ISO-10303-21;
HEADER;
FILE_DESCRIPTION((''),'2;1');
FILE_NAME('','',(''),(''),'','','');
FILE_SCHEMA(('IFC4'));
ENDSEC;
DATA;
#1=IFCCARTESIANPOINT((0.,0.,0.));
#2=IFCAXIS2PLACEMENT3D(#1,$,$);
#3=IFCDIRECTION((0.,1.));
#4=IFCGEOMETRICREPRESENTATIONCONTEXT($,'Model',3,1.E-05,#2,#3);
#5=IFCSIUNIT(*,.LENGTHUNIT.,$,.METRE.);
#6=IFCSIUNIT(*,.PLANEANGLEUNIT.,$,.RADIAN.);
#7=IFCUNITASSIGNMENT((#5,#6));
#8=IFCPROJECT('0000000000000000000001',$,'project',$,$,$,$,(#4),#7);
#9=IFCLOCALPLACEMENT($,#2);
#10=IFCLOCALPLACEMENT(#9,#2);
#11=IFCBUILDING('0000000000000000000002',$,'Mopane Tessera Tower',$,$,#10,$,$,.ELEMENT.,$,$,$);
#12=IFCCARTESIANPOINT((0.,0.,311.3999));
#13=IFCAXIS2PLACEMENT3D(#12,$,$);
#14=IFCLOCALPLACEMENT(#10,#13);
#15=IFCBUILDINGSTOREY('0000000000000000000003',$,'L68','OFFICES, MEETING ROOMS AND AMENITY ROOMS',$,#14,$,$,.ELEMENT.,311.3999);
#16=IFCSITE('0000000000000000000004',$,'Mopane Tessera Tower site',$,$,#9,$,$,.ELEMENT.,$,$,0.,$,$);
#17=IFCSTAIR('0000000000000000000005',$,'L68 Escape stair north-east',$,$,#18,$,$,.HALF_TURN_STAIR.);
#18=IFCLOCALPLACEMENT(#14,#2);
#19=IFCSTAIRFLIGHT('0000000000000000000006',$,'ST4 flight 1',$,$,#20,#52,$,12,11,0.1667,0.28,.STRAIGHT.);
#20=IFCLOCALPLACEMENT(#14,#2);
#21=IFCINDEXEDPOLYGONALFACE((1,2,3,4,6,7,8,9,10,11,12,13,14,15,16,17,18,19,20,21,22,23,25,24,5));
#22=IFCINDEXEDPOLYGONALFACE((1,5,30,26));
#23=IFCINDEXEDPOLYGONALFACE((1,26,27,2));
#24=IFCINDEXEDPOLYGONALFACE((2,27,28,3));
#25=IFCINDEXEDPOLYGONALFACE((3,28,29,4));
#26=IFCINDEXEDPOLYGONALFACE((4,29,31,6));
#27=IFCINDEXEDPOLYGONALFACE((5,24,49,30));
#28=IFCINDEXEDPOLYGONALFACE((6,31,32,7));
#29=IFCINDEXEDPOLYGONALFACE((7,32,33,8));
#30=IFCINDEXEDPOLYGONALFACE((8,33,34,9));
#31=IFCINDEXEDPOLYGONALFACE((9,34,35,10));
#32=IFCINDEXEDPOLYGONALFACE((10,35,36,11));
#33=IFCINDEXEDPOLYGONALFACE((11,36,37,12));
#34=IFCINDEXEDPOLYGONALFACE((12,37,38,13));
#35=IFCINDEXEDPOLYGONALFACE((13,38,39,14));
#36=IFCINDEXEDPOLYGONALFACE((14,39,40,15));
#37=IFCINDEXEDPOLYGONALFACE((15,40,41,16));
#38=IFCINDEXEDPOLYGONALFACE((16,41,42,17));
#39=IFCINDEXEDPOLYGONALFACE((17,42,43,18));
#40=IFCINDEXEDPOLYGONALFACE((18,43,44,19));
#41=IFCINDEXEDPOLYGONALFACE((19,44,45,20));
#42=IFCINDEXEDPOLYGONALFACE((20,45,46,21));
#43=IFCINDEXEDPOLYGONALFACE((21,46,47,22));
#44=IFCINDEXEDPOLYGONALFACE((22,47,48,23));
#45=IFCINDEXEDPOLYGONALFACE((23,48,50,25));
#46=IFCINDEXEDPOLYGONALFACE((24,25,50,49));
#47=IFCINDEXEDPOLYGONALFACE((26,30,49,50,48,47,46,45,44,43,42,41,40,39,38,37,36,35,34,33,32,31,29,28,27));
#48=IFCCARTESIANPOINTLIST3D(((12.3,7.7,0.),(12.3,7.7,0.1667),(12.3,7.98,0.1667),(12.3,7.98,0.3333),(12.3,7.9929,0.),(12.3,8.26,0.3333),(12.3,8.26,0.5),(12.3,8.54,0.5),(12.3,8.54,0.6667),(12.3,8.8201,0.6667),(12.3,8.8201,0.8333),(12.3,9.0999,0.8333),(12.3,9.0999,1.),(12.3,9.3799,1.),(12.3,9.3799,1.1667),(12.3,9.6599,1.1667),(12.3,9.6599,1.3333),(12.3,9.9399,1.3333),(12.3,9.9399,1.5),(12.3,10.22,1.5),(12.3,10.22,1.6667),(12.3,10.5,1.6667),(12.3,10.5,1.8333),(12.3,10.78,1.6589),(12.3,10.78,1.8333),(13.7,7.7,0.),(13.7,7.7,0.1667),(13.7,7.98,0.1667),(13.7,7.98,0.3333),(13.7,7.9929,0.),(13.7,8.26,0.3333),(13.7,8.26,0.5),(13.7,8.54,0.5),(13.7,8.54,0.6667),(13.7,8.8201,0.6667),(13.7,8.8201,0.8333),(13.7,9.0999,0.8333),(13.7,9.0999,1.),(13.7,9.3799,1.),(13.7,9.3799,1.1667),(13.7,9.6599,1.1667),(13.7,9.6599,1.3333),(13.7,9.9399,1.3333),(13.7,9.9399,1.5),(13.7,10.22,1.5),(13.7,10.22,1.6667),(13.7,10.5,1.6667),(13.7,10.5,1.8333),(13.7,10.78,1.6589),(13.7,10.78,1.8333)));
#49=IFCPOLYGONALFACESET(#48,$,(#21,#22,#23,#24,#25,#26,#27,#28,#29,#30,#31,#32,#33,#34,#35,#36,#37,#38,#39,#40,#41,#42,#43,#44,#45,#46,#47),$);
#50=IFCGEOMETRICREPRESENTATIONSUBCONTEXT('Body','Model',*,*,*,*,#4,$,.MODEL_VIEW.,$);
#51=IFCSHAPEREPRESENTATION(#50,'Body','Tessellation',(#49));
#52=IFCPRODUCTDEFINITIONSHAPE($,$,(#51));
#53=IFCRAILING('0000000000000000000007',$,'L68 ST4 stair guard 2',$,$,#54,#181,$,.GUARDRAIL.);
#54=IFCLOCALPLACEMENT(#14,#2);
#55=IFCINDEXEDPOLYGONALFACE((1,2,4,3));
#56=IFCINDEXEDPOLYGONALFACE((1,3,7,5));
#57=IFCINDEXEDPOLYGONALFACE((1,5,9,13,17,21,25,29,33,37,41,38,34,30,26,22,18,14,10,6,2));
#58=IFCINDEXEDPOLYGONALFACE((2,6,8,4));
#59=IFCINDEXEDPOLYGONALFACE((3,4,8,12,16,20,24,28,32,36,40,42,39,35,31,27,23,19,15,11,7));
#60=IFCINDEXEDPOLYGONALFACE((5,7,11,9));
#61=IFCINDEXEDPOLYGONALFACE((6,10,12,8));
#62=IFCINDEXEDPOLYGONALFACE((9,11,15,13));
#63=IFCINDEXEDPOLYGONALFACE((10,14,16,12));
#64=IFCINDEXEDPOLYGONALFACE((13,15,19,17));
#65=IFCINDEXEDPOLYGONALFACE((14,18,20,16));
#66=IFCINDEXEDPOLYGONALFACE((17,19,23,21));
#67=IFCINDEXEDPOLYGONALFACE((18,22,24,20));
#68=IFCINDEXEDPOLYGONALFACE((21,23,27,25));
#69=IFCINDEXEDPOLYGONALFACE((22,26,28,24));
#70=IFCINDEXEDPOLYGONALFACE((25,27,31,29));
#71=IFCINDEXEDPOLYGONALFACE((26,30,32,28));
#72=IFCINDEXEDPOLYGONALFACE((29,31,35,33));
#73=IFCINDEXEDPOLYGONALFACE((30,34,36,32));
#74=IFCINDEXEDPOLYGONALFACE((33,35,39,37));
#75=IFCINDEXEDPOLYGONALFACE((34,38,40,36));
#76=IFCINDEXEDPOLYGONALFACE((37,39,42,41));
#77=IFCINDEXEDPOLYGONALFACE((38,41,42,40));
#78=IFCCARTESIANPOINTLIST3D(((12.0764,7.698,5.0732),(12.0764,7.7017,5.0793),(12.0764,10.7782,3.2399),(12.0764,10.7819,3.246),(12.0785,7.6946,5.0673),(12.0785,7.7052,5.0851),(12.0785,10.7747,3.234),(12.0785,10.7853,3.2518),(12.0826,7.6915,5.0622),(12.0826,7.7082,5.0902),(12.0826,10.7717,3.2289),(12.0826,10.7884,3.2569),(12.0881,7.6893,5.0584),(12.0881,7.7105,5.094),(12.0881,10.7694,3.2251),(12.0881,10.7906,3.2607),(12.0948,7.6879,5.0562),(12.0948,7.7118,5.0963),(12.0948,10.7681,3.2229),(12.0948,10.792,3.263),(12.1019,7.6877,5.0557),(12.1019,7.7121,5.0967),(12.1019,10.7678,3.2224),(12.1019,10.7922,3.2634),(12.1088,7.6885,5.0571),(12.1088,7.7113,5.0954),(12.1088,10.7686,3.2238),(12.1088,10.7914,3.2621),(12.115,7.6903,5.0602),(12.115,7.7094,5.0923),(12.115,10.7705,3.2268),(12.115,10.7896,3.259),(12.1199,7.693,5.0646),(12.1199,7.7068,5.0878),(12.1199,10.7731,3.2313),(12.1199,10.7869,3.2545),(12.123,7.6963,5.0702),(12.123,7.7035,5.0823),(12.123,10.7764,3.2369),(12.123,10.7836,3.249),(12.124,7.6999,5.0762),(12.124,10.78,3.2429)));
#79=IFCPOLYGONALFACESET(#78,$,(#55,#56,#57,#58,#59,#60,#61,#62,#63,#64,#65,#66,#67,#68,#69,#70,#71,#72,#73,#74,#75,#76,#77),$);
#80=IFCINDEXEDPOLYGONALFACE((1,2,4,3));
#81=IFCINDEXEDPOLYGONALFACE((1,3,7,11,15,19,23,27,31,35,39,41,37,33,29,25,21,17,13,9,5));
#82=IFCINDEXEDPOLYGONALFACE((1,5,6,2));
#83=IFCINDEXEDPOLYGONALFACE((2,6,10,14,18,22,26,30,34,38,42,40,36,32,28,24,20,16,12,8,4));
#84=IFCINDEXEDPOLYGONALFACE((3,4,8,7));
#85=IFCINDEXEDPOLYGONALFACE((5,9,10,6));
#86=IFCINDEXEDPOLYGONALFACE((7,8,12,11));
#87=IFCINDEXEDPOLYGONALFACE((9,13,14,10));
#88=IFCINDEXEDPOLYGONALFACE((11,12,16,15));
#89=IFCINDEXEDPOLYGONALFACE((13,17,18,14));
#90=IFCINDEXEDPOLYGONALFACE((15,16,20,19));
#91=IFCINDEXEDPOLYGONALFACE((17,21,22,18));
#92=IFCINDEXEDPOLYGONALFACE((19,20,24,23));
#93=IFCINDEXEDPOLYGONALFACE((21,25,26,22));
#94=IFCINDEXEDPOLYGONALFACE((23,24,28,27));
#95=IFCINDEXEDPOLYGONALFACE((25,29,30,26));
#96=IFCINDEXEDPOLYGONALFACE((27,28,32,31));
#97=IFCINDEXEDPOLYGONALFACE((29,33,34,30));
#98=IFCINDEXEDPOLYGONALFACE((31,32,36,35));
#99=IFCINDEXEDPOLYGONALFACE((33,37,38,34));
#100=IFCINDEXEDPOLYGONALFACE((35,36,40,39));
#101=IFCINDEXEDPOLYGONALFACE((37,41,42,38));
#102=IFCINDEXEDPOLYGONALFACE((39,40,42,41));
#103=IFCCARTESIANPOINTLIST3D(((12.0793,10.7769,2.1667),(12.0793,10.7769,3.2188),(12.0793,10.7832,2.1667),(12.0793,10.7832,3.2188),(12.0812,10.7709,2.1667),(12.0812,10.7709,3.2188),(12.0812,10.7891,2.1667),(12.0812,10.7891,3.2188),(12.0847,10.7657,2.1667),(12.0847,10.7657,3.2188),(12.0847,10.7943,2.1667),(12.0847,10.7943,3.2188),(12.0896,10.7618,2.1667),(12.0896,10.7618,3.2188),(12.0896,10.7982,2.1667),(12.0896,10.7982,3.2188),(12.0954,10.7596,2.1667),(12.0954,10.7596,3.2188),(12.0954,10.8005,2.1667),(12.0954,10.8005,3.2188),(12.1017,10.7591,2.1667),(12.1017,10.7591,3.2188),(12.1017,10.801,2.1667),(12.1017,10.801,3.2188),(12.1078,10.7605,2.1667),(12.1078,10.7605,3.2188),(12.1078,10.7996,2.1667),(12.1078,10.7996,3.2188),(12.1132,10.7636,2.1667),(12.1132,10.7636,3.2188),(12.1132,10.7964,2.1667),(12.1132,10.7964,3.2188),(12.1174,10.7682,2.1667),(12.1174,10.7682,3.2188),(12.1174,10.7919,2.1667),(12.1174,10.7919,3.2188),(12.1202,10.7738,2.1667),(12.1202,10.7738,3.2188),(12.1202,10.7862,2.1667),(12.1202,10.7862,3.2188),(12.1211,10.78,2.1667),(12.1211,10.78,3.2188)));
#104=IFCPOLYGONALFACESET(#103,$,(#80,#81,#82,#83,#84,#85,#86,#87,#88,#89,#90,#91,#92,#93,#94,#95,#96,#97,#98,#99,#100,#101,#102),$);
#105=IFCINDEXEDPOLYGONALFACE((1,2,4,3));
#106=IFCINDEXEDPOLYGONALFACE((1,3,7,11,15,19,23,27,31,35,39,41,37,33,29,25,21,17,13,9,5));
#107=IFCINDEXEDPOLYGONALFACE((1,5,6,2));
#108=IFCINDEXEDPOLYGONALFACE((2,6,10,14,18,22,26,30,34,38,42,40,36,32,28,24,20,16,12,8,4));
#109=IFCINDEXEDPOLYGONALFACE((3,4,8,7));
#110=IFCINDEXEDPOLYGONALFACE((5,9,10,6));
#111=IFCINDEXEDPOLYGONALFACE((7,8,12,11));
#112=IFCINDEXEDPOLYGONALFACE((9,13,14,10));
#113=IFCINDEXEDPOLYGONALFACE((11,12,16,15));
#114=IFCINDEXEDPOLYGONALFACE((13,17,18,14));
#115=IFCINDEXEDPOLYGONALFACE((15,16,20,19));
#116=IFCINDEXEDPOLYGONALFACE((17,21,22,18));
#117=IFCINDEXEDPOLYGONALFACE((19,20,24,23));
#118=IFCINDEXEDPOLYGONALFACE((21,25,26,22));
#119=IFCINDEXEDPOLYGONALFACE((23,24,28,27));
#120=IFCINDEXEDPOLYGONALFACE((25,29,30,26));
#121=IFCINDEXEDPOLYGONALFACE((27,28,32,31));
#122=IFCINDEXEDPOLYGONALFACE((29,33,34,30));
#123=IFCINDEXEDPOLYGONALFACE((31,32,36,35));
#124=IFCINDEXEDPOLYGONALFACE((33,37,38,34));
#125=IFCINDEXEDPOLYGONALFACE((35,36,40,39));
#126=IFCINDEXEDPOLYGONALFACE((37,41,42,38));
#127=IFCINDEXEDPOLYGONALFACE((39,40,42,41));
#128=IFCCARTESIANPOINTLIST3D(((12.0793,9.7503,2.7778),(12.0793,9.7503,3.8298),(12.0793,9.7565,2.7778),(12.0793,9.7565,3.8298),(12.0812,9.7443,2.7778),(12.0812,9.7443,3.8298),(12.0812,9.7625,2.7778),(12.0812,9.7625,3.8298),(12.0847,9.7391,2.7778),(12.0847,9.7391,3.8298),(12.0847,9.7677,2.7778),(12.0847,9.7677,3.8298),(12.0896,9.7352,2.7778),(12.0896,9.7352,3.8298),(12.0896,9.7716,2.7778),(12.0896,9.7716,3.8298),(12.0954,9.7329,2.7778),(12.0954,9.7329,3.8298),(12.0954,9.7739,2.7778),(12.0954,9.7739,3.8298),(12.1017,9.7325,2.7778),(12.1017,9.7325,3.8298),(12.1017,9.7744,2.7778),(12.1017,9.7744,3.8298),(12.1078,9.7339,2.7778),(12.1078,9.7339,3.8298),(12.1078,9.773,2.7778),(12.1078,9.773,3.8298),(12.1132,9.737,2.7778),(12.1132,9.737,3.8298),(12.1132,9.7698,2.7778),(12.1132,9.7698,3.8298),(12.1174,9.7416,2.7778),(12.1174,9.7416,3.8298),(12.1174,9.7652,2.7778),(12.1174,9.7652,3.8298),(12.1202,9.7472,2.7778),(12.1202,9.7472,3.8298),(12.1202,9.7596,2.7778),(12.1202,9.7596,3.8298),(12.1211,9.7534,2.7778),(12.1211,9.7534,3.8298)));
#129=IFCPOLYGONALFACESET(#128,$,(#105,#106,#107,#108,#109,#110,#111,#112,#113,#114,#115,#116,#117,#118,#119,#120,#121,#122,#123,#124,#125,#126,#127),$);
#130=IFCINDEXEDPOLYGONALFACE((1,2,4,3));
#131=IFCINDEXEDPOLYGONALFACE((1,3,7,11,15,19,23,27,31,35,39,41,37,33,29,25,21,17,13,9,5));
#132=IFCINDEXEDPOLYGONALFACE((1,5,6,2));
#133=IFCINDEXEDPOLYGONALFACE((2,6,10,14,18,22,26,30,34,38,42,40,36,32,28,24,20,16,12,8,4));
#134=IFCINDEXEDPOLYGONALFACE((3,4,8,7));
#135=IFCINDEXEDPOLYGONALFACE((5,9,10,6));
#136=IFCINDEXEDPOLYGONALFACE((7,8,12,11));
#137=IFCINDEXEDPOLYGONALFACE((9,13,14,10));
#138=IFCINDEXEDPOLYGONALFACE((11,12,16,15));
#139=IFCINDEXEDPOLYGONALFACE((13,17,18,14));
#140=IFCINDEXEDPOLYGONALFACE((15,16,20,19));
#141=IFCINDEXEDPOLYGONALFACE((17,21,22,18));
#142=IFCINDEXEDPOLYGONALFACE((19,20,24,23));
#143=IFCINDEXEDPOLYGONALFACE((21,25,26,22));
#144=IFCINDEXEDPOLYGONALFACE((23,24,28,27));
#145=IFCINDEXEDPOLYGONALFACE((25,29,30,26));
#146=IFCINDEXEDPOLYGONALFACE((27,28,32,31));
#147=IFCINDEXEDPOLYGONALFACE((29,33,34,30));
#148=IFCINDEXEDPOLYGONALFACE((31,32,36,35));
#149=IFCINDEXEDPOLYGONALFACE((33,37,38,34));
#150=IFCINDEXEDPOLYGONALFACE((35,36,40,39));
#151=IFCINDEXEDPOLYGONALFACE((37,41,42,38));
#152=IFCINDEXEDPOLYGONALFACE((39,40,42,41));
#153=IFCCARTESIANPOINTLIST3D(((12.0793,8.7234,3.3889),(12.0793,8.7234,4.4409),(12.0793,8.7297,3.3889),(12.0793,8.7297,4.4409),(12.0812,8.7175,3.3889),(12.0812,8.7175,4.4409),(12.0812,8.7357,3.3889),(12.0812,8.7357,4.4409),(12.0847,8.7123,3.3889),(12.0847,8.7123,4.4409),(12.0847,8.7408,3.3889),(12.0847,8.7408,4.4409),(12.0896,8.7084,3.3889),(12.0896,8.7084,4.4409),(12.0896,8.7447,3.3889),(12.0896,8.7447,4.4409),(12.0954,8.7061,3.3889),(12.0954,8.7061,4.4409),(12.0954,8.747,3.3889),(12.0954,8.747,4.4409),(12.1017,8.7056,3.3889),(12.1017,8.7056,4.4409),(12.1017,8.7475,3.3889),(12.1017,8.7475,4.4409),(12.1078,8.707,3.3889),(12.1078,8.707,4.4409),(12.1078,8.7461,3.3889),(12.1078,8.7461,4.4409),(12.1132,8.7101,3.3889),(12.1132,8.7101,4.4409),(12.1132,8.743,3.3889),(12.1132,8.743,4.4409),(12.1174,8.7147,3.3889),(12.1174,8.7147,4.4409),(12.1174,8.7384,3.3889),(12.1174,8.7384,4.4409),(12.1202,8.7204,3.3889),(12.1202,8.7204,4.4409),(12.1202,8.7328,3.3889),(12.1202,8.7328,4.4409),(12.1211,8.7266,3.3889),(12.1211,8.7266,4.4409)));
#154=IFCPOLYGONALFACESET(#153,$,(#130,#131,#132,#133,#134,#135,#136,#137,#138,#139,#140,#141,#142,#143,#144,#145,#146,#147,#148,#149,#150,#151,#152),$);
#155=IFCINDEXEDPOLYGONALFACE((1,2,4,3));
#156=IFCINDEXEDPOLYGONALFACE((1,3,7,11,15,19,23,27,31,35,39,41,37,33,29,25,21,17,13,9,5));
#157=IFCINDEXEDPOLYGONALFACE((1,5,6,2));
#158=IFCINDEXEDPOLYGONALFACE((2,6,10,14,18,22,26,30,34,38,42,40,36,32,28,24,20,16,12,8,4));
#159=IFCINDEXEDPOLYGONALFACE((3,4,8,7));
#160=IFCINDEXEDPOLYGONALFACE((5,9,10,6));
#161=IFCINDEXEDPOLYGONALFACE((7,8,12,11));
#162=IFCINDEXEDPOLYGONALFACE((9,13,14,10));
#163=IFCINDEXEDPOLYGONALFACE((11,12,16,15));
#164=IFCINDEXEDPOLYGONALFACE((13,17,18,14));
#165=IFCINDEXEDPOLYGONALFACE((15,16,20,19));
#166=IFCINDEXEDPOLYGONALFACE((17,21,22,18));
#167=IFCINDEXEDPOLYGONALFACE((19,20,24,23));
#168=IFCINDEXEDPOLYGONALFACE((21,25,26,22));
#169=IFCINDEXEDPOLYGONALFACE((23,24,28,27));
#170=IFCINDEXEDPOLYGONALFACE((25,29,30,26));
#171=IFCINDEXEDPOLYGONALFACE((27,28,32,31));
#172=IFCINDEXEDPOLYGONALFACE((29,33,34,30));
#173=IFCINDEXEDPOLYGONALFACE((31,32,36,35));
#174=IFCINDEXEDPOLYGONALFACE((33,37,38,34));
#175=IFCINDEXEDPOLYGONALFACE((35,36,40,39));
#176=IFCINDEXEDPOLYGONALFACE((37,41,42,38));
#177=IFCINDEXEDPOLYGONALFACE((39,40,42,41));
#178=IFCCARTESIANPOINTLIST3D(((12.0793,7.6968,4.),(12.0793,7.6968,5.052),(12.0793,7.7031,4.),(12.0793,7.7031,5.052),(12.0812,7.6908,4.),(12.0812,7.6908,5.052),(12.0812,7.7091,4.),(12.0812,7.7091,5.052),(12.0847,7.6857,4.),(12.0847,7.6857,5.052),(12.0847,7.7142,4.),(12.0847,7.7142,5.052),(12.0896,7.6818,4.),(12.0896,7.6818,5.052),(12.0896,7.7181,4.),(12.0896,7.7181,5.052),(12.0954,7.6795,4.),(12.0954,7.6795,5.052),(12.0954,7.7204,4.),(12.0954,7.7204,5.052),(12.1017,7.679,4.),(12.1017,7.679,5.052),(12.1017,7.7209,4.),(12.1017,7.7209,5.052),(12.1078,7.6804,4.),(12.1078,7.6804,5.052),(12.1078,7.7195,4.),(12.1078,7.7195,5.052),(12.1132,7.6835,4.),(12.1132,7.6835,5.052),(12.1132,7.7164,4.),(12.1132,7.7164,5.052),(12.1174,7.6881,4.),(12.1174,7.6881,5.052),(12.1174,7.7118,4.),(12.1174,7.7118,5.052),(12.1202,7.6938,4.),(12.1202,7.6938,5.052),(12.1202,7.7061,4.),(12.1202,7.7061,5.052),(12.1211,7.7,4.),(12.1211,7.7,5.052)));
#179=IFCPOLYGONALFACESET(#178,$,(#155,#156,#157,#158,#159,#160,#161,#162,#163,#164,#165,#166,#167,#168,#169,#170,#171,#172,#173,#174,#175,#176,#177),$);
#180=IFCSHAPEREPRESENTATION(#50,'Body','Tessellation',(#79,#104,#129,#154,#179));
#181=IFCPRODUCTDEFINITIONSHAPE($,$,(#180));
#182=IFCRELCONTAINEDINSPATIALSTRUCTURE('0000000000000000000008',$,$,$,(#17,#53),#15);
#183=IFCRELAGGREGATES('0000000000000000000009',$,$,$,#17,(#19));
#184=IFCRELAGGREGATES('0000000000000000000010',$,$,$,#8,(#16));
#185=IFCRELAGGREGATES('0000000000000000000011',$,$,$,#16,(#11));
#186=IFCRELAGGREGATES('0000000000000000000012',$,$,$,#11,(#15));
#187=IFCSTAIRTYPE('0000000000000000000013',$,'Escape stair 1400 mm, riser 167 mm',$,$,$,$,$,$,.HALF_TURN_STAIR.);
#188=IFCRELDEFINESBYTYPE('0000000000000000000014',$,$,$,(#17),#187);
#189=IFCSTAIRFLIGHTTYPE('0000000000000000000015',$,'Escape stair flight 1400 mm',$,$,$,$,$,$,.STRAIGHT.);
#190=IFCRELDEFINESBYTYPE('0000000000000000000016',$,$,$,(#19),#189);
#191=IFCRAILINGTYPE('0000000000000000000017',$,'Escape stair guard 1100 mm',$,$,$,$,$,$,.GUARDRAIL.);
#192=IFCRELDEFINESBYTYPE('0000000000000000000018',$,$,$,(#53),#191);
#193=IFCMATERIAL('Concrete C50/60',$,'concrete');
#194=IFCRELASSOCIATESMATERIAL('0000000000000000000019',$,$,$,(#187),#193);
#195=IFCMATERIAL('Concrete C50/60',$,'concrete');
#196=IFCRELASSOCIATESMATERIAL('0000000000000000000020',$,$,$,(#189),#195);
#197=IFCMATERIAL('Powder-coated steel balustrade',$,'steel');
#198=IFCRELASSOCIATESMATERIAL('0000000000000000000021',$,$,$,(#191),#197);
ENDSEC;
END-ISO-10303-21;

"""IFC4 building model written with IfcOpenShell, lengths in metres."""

from ifc_helpers import new_model, si_unit, direction, frame, origin, origin_2d, place, context, subcontext, project, spatial, polyline, circle, outline, extrude, material, type_object, element, aggregate, save


model = new_model("IFC4")

# Units and contexts
model_context = context("Model", 3, precision=1e-05, world=origin(), true_north=direction((0.0, 1.0)))
body_context = subcontext(model_context, "Body", "Model", "MODEL_VIEW")
ifc_project = project(units=[si_unit("LENGTHUNIT", "METRE"), si_unit("PLANEANGLEUNIT", "RADIAN")], contexts=[model_context])

# Site, building, storey
site_placement = place(None, origin())
site = spatial("IfcSite", under=ifc_project, at=site_placement, Name="Mopane Tessera Tower site", CompositionType="ELEMENT", RefElevation=0.0)
building_placement = place(site_placement, origin())
building = spatial("IfcBuilding", under=site, at=building_placement, Name="Mopane Tessera Tower", CompositionType="ELEMENT")
storey_placement = place(building_placement, frame((0.0, 0.0, 311.3999)))
storey = spatial("IfcBuildingStorey", under=building, at=storey_placement, Name="L68", Description="OFFICES, MEETING ROOMS AND AMENITY ROOMS", CompositionType="ELEMENT", Elevation=311.3999)

# Stair, stair flight
ifc_material_1 = material(Name="Concrete C50/60", Category="concrete")
stair_type = type_object("IfcStairType", Name="Escape stair 1400 mm, riser 167 mm", PredefinedType="HALF_TURN_STAIR", material=ifc_material_1)
stair_placement = place(storey_placement, origin())
stair = element("IfcStair", 1, at=stair_placement, inside=storey, type_object=stair_type, Name="L68 Escape stair north-east", PredefinedType="HALF_TURN_STAIR")
ifc_material_2 = material(Name="Concrete C50/60", Category="concrete")
stair_flight_type = type_object("IfcStairFlightType", Name="Escape stair flight 1400 mm", PredefinedType="STRAIGHT", material=ifc_material_2)
stair_flight_placement = place(storey_placement, frame((13.0, 7.7, 0.0), z_axis=(0.0, 0.0, 1.0), x_axis=(0.0, 1.0, 0.0)))
stair_flight = element("IfcStairFlight", 2, at=stair_flight_placement, type_object=stair_flight_type, Name="ST4 flight 1", NumberOfRisers=12, NumberOfTreads=11, PredefinedType="STRAIGHT", RiserHeight=0.1667, TreadLength=0.28, context=body_context, shape_type="SweptSolid", body=[
    extrude(outline(polyline([(0.0, 0.0), (0.0, 0.1667), (0.28, 0.1667), (0.28, 0.3333), (0.5601, 0.3333), (0.5601, 0.5), (0.8401, 0.5), (0.8401, 0.6667), (1.1201, 0.6667), (1.1201, 0.8333), (1.3999, 0.8333), (1.3999, 1.0), (1.6799, 1.0), (1.6799, 1.1667), (1.96, 1.1667), (1.96, 1.3333), (2.24, 1.3333), (2.24, 1.5), (2.52, 1.5), (2.52, 1.6667), (2.8, 1.6667), (2.8, 1.8333), (3.0801, 1.8333), (3.0801, 2.0), (3.0801, 1.6589), (0.293, 0.0), (0.0, 0.0)])), frame((0.0, 0.7, 0.0), z_axis=(0.0, -1.0, 0.0), x_axis=(1.0, 0.0, 0.0)), (0.0, 0.0, 1.0), 1.3999),
])
aggregate(stair, [stair_flight])

# Railing
ifc_material_3 = material(Name="Powder-coated steel balustrade", Category="steel")
railing_type_1 = type_object("IfcRailingType", Name="Escape stair guard 1100 mm", PredefinedType="GUARDRAIL", material=ifc_material_3)
railing_1_placement = place(storey_placement, frame((12.1001, 10.78, 2.1667)))
element("IfcRailing", 3, at=railing_1_placement, inside=storey, type_object=railing_type_1, Name="L68 ST4 stair guard 2", PredefinedType="GUARDRAIL", context=body_context, shape_type="SweptSolid", body=[
    extrude(circle(Radius=0.0239, at=origin_2d()), frame((0.0, 0.0, 1.0762), z_axis=(0.0, -0.859309, 0.511458), x_axis=(1.0, 0.0, 0.0)), (0.0, 0.0, 1.0), 3.5845),
    extrude(circle(Radius=0.021, at=origin_2d()), origin(), (0.0, 0.0, 1.0), 1.052),
    extrude(circle(Radius=0.021, at=origin_2d()), frame((0.0, -1.0266, 0.6111)), (0.0, 0.0, 1.0), 1.052),
    extrude(circle(Radius=0.021, at=origin_2d()), frame((0.0, -2.0535, 1.2222)), (0.0, 0.0, 1.0), 1.052),
    extrude(circle(Radius=0.021, at=origin_2d()), frame((0.0, -3.0801, 1.8333)), (0.0, 0.0, 1.0), 1.052),
])

save(model, "model.ifc")
